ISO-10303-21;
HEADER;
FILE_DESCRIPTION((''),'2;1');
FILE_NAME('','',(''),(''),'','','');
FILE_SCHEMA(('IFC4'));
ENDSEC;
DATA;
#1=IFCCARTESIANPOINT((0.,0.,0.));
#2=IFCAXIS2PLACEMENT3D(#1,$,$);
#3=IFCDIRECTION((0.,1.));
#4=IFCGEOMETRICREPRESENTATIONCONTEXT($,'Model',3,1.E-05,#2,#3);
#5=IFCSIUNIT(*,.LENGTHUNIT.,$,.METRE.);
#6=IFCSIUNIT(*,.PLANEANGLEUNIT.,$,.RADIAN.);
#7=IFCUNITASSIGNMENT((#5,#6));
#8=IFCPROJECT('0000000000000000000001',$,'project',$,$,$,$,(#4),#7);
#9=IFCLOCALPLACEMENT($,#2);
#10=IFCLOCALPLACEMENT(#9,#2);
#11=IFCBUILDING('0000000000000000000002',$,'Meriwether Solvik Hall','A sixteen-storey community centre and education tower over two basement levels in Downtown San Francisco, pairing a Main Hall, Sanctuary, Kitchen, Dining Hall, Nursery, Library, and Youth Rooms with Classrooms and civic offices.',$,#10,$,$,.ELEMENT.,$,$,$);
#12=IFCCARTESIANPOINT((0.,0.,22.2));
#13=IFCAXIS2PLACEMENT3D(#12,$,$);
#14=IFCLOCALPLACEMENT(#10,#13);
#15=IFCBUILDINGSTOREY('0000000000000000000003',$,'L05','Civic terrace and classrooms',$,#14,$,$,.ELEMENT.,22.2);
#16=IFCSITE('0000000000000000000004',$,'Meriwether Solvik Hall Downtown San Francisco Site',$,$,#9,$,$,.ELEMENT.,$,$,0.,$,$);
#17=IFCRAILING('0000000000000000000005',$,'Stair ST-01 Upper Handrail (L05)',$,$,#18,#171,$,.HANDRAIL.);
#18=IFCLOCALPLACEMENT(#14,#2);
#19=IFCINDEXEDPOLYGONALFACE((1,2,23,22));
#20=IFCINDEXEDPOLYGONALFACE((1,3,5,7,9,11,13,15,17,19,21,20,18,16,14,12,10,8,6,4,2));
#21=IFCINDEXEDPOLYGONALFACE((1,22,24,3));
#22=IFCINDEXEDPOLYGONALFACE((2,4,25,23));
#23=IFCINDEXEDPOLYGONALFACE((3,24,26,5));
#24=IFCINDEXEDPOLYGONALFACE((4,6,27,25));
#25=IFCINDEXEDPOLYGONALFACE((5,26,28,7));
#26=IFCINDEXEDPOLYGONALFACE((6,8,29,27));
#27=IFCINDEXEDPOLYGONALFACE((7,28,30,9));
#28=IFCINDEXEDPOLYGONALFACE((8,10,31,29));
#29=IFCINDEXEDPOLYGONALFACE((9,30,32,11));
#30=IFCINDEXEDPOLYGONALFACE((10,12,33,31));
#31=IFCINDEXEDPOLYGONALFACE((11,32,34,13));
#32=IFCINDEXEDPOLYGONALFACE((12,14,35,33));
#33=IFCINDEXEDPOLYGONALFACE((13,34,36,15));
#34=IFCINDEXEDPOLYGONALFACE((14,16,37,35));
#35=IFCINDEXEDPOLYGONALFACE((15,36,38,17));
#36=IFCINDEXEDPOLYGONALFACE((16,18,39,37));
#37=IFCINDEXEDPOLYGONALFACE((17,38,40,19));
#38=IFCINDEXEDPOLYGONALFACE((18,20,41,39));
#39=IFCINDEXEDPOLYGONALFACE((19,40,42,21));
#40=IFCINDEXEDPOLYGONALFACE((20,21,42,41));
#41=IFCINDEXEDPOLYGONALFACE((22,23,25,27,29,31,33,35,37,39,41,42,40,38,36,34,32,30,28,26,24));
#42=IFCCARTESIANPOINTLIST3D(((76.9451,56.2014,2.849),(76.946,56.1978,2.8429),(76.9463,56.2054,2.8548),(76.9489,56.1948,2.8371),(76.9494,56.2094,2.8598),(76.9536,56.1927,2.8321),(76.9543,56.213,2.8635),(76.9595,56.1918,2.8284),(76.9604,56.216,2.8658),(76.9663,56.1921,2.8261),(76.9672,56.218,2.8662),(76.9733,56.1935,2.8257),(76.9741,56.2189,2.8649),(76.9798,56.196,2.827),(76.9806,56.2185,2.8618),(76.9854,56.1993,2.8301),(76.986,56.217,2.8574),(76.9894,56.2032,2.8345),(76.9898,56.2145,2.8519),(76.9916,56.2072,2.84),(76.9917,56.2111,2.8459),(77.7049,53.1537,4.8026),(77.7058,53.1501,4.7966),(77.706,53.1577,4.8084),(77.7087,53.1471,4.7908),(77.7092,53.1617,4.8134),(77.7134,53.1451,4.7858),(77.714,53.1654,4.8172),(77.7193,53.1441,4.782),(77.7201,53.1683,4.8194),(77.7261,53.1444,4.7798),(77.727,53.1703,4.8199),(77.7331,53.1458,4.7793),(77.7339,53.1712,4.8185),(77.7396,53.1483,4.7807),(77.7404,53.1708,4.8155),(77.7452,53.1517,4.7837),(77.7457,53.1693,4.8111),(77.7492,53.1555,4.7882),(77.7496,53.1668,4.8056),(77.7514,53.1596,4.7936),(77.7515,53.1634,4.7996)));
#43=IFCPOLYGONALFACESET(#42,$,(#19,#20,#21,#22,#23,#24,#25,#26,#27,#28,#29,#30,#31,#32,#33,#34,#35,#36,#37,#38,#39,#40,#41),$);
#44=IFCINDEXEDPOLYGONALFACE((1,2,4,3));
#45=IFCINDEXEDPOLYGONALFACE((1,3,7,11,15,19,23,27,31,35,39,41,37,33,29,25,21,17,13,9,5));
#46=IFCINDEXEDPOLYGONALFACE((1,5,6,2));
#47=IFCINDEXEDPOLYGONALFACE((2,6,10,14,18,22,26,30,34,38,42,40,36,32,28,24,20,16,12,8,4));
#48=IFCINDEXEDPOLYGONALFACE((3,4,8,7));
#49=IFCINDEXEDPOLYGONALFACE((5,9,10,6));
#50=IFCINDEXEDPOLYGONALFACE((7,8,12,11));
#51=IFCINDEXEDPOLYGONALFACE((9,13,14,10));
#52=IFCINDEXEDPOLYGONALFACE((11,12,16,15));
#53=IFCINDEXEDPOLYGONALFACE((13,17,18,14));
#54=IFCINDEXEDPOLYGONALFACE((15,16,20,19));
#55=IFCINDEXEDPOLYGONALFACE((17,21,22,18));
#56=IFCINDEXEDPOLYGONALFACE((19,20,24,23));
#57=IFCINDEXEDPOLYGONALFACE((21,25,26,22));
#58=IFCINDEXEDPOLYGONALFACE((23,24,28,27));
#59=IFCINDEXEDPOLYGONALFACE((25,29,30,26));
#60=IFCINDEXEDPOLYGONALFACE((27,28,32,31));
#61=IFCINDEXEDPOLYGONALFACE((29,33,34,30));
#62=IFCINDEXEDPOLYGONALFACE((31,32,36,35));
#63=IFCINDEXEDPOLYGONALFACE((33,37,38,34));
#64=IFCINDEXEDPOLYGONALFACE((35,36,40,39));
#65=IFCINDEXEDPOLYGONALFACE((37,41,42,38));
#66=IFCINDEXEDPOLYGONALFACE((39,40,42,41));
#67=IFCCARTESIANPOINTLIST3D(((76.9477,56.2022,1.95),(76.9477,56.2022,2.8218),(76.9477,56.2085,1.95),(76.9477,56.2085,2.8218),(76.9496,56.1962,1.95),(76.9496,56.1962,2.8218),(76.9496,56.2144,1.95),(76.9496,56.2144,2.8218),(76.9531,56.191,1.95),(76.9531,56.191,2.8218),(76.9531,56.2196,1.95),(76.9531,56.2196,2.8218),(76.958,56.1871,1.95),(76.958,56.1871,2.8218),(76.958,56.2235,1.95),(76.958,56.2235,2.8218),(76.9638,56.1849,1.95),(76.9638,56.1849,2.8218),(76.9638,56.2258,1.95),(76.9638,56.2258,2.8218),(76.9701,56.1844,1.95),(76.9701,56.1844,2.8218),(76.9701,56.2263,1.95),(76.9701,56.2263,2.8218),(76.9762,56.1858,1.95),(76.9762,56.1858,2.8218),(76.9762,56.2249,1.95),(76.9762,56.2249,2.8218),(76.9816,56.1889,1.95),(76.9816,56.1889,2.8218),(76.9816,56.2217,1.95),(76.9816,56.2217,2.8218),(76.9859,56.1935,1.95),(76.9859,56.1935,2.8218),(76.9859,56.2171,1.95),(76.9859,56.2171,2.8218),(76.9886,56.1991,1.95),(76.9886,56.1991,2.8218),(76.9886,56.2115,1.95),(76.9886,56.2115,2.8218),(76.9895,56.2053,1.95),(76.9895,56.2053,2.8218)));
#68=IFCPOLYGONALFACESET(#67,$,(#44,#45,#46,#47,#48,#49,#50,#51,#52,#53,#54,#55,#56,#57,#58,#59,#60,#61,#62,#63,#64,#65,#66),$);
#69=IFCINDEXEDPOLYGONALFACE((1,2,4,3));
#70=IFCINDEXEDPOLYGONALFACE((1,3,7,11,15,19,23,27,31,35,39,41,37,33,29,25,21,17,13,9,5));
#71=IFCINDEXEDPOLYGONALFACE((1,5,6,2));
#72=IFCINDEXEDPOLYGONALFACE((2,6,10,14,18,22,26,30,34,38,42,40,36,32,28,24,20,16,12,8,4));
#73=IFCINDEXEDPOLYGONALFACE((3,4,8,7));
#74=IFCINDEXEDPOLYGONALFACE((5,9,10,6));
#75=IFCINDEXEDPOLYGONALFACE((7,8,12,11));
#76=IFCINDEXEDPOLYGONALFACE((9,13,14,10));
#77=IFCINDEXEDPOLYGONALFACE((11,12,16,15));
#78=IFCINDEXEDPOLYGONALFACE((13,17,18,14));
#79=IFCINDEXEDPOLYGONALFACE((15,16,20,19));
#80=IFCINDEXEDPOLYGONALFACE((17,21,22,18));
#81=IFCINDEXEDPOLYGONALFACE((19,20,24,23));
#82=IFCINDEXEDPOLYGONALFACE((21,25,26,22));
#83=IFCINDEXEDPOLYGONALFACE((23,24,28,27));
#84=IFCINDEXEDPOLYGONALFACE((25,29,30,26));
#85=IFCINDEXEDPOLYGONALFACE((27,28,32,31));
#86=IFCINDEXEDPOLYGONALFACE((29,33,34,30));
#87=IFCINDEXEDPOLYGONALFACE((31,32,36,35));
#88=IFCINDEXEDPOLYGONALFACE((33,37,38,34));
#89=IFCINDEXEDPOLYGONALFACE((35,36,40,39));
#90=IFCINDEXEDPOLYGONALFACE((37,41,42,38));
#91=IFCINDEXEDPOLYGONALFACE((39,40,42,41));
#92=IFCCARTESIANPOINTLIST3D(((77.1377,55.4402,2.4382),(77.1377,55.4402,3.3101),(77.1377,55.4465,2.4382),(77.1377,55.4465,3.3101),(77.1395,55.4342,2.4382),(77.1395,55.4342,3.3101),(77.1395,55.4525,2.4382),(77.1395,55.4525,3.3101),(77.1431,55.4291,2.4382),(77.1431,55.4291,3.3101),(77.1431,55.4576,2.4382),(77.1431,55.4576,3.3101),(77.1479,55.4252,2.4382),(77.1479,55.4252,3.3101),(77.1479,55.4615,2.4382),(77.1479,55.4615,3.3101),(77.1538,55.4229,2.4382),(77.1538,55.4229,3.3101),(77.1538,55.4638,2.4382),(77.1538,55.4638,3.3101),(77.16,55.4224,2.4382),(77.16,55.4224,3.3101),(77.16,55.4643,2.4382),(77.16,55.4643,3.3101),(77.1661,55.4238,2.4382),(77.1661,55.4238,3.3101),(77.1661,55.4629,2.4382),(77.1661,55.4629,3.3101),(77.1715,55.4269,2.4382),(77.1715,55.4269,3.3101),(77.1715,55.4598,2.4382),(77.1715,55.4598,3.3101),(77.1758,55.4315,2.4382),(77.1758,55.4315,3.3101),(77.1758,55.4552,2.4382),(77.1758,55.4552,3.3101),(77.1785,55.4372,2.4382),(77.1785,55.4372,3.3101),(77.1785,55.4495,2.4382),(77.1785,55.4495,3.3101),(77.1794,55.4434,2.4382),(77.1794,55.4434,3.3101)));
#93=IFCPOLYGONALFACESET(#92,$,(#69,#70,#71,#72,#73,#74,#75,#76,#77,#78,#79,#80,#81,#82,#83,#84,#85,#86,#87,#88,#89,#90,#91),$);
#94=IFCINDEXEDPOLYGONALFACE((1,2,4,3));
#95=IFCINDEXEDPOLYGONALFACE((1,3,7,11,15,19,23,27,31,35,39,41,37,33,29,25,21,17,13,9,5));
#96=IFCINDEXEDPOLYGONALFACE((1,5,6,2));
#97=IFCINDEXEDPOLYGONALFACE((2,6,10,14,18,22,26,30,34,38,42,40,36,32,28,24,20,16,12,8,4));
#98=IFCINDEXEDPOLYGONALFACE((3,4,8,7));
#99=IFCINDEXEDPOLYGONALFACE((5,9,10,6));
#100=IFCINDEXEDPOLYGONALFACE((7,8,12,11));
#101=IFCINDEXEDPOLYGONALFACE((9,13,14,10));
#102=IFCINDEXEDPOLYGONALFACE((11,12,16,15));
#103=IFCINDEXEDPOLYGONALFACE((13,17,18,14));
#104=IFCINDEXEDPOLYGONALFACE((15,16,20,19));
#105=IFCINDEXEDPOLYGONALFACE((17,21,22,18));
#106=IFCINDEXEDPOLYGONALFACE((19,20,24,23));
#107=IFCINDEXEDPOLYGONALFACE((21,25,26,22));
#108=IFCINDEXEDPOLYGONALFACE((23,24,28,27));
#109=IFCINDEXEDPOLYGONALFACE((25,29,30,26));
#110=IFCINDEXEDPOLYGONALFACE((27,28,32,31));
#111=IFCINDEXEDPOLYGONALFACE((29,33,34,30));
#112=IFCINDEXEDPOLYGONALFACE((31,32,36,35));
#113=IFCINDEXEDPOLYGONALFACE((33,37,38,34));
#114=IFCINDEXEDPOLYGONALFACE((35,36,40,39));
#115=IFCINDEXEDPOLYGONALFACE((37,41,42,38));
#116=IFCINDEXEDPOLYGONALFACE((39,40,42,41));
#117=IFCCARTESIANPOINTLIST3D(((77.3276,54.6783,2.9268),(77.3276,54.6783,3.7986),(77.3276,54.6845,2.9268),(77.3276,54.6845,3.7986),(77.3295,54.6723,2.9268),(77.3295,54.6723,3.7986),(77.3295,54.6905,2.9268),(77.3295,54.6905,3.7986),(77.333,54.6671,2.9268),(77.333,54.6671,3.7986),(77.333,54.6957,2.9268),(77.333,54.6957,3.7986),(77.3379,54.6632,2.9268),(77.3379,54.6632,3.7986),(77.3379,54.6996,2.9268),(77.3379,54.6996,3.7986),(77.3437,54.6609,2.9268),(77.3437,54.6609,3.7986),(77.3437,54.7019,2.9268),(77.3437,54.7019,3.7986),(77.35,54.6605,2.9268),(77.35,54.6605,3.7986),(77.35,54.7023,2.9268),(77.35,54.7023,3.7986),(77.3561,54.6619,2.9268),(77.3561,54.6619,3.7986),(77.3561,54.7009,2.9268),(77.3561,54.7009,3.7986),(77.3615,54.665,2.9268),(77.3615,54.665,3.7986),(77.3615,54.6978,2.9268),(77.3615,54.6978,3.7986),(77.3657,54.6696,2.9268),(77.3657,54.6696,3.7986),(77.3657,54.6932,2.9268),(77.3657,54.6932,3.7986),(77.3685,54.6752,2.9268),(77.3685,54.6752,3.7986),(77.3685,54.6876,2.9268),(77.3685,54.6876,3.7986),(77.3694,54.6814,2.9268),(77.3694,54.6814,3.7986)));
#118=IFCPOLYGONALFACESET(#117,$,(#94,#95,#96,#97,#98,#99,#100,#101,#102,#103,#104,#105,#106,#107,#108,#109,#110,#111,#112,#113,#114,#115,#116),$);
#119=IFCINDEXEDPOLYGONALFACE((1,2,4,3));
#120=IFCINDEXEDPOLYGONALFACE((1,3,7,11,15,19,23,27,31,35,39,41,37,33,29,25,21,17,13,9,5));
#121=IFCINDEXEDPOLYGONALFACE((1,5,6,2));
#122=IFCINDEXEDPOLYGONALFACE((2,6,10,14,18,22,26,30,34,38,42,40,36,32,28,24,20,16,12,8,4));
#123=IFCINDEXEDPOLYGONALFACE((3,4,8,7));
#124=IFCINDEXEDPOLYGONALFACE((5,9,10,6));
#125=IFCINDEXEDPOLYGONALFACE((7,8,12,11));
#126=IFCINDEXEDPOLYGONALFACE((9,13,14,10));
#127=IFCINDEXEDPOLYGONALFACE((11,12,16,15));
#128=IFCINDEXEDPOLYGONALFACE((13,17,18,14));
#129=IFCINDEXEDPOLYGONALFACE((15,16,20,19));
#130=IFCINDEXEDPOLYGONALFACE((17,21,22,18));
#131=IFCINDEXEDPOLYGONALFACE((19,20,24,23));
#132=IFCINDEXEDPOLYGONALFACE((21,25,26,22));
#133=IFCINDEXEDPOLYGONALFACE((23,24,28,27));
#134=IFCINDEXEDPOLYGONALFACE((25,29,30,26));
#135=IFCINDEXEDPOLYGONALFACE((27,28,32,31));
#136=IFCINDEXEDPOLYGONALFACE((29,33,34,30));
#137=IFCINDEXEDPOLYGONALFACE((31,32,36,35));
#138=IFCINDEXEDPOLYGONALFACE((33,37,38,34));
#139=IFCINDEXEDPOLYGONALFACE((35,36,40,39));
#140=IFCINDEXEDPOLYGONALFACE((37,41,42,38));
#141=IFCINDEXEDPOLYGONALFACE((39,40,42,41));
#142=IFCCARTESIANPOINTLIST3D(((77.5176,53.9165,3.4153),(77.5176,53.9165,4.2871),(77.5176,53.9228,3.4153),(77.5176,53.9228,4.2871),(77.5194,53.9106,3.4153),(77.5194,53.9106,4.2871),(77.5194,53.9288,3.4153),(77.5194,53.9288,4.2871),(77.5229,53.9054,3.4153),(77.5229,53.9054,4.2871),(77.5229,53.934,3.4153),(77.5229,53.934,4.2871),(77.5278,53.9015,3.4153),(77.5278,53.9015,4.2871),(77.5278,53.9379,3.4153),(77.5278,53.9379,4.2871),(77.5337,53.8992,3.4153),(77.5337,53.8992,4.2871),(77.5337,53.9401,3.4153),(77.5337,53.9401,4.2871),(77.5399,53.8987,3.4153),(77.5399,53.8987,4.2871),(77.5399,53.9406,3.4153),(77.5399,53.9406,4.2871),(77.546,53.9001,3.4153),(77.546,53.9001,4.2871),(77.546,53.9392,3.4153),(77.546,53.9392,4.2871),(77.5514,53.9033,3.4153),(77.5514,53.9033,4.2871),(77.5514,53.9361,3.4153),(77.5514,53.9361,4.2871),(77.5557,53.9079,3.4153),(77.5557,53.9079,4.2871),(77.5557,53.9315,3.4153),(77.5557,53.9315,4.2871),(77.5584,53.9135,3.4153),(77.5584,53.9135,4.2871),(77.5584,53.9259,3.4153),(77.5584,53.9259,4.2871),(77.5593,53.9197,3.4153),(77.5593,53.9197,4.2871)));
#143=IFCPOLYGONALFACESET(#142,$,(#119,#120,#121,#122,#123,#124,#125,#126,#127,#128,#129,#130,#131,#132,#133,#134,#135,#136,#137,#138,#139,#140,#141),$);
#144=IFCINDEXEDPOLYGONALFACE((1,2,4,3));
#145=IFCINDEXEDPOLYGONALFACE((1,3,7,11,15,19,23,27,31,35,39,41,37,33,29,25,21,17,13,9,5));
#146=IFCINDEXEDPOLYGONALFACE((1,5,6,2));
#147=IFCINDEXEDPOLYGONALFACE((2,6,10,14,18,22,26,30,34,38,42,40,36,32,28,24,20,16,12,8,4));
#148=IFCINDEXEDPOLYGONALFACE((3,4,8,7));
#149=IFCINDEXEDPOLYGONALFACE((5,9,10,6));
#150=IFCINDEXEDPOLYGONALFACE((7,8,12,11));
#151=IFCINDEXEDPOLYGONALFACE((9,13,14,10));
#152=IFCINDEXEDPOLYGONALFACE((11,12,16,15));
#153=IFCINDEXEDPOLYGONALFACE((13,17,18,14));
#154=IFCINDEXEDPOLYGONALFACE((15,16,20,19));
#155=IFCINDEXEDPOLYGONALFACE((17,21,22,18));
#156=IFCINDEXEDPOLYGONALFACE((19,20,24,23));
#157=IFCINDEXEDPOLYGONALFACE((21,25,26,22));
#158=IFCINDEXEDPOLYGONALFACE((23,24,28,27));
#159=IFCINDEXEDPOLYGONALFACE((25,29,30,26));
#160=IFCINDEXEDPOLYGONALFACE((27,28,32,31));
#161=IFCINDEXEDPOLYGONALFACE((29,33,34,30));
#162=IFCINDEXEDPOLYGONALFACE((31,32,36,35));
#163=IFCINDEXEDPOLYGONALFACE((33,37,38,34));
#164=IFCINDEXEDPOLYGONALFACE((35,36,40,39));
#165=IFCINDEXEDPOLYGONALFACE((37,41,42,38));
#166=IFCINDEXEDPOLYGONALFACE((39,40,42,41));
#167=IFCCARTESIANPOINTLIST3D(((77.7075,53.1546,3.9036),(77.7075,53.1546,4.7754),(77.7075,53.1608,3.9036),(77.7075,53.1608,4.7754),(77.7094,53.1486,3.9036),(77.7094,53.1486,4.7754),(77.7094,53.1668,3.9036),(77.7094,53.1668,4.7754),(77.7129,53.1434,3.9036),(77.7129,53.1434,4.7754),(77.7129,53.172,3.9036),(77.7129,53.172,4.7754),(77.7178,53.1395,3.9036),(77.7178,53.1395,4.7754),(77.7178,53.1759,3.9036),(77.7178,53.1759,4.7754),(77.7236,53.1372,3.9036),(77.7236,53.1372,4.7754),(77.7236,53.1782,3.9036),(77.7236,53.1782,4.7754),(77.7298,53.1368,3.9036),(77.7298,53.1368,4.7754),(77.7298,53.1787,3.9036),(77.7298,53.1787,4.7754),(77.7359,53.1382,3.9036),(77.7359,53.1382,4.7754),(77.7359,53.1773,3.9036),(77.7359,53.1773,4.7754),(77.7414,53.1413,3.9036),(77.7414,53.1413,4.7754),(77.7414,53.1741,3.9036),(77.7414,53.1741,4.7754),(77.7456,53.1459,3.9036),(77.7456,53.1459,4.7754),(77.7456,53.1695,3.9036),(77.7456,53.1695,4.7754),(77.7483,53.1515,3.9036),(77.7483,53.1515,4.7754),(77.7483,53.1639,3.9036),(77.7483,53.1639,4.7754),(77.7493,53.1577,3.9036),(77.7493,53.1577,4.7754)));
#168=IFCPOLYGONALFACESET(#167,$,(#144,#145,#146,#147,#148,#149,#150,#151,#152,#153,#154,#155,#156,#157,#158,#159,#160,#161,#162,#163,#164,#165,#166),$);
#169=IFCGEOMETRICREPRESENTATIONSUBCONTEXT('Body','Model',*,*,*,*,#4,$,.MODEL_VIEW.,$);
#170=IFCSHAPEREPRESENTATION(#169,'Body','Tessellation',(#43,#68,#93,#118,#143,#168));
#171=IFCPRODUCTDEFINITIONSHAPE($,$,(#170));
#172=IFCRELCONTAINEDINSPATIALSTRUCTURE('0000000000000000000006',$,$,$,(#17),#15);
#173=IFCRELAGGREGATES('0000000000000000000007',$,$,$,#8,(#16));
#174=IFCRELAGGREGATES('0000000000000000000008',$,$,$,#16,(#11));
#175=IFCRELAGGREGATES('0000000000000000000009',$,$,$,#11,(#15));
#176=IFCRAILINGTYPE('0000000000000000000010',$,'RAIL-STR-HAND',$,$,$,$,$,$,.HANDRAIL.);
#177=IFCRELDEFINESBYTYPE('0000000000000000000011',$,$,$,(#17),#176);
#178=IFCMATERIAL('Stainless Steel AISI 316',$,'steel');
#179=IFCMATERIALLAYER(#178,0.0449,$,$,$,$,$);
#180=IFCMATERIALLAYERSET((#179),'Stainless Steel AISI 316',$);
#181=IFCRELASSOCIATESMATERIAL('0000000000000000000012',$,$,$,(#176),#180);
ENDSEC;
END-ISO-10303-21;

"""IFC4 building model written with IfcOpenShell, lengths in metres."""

from ifc_helpers import new_model, si_unit, direction, frame, origin, origin_2d, place, context, subcontext, project, spatial, circle, extrude, material, layer, layer_set, type_object, element, save


model = new_model("IFC4")

# Units and contexts
model_context = context("Model", 3, precision=1e-05, world=origin(), true_north=direction((0.0, 1.0)))
body_context = subcontext(model_context, "Body", "Model", "MODEL_VIEW")
ifc_project = project(units=[si_unit("LENGTHUNIT", "METRE"), si_unit("PLANEANGLEUNIT", "RADIAN")], contexts=[model_context])

# Site, building, storey
site_placement = place(None, origin())
site = spatial("IfcSite", under=ifc_project, at=site_placement, Name="Meriwether Solvik Hall Downtown San Francisco Site", CompositionType="ELEMENT", RefElevation=0.0)
building_placement = place(site_placement, origin())
building = spatial("IfcBuilding", under=site, at=building_placement, Name="Meriwether Solvik Hall", Description="A sixteen-storey community centre and education tower over two basement levels in Downtown San Francisco, pairing a Main Hall, Sanctuary, Kitchen, Dining Hall, Nursery, Library, and Youth Rooms with Classrooms and civic offices.", CompositionType="ELEMENT")
storey_placement = place(building_placement, frame((0.0, 0.0, 22.2)))
storey = spatial("IfcBuildingStorey", under=building, at=storey_placement, Name="L05", Description="Civic terrace and classrooms", CompositionType="ELEMENT", Elevation=22.2)

# Railing
ifc_material_1 = material(Name="Stainless Steel AISI 316", Category="steel")
ifc_layer_1 = layer(ifc_material_1, 0.0449)
ifc_layer_set_1 = layer_set([ifc_layer_1], Name="Stainless Steel AISI 316")
railing_type = type_object("IfcRailingType", Name="RAIL-STR-HAND", PredefinedType="HANDRAIL", material=ifc_layer_set_1)
railing_placement = place(storey_placement, frame((76.9685, 56.2053, 1.95)))
element("IfcRailing", 1, at=railing_placement, inside=storey, type_object=railing_type, Name="Stair ST-01 Upper Handrail (L05)", PredefinedType="HANDRAIL", context=body_context, shape_type="SweptSolid", body=[
    extrude(circle(Radius=0.0239, at=origin_2d()), frame((0.0, 0.0, 0.896), z_axis=(0.205404, -0.823926, 0.528163), x_axis=(0.970302, 0.241895, 0.0)), (0.0, 0.0, 1.0), 3.699),
    extrude(circle(Radius=0.021, at=origin_2d()), origin(), (0.0, 0.0, 1.0), 0.8718),
    extrude(circle(Radius=0.021, at=origin_2d()), frame((0.1899, -0.762, 0.4883)), (0.0, 0.0, 1.0), 0.8718),
    extrude(circle(Radius=0.021, at=origin_2d()), frame((0.3799, -1.5239, 0.9768)), (0.0, 0.0, 1.0), 0.8718),
    extrude(circle(Radius=0.021, at=origin_2d()), frame((0.5698, -2.2856, 1.4653)), (0.0, 0.0, 1.0), 0.8718),
    extrude(circle(Radius=0.021, at=origin_2d()), frame((0.7598, -3.0476, 1.9536)), (0.0, 0.0, 1.0), 0.8718),
])

save(model, "model.ifc")
